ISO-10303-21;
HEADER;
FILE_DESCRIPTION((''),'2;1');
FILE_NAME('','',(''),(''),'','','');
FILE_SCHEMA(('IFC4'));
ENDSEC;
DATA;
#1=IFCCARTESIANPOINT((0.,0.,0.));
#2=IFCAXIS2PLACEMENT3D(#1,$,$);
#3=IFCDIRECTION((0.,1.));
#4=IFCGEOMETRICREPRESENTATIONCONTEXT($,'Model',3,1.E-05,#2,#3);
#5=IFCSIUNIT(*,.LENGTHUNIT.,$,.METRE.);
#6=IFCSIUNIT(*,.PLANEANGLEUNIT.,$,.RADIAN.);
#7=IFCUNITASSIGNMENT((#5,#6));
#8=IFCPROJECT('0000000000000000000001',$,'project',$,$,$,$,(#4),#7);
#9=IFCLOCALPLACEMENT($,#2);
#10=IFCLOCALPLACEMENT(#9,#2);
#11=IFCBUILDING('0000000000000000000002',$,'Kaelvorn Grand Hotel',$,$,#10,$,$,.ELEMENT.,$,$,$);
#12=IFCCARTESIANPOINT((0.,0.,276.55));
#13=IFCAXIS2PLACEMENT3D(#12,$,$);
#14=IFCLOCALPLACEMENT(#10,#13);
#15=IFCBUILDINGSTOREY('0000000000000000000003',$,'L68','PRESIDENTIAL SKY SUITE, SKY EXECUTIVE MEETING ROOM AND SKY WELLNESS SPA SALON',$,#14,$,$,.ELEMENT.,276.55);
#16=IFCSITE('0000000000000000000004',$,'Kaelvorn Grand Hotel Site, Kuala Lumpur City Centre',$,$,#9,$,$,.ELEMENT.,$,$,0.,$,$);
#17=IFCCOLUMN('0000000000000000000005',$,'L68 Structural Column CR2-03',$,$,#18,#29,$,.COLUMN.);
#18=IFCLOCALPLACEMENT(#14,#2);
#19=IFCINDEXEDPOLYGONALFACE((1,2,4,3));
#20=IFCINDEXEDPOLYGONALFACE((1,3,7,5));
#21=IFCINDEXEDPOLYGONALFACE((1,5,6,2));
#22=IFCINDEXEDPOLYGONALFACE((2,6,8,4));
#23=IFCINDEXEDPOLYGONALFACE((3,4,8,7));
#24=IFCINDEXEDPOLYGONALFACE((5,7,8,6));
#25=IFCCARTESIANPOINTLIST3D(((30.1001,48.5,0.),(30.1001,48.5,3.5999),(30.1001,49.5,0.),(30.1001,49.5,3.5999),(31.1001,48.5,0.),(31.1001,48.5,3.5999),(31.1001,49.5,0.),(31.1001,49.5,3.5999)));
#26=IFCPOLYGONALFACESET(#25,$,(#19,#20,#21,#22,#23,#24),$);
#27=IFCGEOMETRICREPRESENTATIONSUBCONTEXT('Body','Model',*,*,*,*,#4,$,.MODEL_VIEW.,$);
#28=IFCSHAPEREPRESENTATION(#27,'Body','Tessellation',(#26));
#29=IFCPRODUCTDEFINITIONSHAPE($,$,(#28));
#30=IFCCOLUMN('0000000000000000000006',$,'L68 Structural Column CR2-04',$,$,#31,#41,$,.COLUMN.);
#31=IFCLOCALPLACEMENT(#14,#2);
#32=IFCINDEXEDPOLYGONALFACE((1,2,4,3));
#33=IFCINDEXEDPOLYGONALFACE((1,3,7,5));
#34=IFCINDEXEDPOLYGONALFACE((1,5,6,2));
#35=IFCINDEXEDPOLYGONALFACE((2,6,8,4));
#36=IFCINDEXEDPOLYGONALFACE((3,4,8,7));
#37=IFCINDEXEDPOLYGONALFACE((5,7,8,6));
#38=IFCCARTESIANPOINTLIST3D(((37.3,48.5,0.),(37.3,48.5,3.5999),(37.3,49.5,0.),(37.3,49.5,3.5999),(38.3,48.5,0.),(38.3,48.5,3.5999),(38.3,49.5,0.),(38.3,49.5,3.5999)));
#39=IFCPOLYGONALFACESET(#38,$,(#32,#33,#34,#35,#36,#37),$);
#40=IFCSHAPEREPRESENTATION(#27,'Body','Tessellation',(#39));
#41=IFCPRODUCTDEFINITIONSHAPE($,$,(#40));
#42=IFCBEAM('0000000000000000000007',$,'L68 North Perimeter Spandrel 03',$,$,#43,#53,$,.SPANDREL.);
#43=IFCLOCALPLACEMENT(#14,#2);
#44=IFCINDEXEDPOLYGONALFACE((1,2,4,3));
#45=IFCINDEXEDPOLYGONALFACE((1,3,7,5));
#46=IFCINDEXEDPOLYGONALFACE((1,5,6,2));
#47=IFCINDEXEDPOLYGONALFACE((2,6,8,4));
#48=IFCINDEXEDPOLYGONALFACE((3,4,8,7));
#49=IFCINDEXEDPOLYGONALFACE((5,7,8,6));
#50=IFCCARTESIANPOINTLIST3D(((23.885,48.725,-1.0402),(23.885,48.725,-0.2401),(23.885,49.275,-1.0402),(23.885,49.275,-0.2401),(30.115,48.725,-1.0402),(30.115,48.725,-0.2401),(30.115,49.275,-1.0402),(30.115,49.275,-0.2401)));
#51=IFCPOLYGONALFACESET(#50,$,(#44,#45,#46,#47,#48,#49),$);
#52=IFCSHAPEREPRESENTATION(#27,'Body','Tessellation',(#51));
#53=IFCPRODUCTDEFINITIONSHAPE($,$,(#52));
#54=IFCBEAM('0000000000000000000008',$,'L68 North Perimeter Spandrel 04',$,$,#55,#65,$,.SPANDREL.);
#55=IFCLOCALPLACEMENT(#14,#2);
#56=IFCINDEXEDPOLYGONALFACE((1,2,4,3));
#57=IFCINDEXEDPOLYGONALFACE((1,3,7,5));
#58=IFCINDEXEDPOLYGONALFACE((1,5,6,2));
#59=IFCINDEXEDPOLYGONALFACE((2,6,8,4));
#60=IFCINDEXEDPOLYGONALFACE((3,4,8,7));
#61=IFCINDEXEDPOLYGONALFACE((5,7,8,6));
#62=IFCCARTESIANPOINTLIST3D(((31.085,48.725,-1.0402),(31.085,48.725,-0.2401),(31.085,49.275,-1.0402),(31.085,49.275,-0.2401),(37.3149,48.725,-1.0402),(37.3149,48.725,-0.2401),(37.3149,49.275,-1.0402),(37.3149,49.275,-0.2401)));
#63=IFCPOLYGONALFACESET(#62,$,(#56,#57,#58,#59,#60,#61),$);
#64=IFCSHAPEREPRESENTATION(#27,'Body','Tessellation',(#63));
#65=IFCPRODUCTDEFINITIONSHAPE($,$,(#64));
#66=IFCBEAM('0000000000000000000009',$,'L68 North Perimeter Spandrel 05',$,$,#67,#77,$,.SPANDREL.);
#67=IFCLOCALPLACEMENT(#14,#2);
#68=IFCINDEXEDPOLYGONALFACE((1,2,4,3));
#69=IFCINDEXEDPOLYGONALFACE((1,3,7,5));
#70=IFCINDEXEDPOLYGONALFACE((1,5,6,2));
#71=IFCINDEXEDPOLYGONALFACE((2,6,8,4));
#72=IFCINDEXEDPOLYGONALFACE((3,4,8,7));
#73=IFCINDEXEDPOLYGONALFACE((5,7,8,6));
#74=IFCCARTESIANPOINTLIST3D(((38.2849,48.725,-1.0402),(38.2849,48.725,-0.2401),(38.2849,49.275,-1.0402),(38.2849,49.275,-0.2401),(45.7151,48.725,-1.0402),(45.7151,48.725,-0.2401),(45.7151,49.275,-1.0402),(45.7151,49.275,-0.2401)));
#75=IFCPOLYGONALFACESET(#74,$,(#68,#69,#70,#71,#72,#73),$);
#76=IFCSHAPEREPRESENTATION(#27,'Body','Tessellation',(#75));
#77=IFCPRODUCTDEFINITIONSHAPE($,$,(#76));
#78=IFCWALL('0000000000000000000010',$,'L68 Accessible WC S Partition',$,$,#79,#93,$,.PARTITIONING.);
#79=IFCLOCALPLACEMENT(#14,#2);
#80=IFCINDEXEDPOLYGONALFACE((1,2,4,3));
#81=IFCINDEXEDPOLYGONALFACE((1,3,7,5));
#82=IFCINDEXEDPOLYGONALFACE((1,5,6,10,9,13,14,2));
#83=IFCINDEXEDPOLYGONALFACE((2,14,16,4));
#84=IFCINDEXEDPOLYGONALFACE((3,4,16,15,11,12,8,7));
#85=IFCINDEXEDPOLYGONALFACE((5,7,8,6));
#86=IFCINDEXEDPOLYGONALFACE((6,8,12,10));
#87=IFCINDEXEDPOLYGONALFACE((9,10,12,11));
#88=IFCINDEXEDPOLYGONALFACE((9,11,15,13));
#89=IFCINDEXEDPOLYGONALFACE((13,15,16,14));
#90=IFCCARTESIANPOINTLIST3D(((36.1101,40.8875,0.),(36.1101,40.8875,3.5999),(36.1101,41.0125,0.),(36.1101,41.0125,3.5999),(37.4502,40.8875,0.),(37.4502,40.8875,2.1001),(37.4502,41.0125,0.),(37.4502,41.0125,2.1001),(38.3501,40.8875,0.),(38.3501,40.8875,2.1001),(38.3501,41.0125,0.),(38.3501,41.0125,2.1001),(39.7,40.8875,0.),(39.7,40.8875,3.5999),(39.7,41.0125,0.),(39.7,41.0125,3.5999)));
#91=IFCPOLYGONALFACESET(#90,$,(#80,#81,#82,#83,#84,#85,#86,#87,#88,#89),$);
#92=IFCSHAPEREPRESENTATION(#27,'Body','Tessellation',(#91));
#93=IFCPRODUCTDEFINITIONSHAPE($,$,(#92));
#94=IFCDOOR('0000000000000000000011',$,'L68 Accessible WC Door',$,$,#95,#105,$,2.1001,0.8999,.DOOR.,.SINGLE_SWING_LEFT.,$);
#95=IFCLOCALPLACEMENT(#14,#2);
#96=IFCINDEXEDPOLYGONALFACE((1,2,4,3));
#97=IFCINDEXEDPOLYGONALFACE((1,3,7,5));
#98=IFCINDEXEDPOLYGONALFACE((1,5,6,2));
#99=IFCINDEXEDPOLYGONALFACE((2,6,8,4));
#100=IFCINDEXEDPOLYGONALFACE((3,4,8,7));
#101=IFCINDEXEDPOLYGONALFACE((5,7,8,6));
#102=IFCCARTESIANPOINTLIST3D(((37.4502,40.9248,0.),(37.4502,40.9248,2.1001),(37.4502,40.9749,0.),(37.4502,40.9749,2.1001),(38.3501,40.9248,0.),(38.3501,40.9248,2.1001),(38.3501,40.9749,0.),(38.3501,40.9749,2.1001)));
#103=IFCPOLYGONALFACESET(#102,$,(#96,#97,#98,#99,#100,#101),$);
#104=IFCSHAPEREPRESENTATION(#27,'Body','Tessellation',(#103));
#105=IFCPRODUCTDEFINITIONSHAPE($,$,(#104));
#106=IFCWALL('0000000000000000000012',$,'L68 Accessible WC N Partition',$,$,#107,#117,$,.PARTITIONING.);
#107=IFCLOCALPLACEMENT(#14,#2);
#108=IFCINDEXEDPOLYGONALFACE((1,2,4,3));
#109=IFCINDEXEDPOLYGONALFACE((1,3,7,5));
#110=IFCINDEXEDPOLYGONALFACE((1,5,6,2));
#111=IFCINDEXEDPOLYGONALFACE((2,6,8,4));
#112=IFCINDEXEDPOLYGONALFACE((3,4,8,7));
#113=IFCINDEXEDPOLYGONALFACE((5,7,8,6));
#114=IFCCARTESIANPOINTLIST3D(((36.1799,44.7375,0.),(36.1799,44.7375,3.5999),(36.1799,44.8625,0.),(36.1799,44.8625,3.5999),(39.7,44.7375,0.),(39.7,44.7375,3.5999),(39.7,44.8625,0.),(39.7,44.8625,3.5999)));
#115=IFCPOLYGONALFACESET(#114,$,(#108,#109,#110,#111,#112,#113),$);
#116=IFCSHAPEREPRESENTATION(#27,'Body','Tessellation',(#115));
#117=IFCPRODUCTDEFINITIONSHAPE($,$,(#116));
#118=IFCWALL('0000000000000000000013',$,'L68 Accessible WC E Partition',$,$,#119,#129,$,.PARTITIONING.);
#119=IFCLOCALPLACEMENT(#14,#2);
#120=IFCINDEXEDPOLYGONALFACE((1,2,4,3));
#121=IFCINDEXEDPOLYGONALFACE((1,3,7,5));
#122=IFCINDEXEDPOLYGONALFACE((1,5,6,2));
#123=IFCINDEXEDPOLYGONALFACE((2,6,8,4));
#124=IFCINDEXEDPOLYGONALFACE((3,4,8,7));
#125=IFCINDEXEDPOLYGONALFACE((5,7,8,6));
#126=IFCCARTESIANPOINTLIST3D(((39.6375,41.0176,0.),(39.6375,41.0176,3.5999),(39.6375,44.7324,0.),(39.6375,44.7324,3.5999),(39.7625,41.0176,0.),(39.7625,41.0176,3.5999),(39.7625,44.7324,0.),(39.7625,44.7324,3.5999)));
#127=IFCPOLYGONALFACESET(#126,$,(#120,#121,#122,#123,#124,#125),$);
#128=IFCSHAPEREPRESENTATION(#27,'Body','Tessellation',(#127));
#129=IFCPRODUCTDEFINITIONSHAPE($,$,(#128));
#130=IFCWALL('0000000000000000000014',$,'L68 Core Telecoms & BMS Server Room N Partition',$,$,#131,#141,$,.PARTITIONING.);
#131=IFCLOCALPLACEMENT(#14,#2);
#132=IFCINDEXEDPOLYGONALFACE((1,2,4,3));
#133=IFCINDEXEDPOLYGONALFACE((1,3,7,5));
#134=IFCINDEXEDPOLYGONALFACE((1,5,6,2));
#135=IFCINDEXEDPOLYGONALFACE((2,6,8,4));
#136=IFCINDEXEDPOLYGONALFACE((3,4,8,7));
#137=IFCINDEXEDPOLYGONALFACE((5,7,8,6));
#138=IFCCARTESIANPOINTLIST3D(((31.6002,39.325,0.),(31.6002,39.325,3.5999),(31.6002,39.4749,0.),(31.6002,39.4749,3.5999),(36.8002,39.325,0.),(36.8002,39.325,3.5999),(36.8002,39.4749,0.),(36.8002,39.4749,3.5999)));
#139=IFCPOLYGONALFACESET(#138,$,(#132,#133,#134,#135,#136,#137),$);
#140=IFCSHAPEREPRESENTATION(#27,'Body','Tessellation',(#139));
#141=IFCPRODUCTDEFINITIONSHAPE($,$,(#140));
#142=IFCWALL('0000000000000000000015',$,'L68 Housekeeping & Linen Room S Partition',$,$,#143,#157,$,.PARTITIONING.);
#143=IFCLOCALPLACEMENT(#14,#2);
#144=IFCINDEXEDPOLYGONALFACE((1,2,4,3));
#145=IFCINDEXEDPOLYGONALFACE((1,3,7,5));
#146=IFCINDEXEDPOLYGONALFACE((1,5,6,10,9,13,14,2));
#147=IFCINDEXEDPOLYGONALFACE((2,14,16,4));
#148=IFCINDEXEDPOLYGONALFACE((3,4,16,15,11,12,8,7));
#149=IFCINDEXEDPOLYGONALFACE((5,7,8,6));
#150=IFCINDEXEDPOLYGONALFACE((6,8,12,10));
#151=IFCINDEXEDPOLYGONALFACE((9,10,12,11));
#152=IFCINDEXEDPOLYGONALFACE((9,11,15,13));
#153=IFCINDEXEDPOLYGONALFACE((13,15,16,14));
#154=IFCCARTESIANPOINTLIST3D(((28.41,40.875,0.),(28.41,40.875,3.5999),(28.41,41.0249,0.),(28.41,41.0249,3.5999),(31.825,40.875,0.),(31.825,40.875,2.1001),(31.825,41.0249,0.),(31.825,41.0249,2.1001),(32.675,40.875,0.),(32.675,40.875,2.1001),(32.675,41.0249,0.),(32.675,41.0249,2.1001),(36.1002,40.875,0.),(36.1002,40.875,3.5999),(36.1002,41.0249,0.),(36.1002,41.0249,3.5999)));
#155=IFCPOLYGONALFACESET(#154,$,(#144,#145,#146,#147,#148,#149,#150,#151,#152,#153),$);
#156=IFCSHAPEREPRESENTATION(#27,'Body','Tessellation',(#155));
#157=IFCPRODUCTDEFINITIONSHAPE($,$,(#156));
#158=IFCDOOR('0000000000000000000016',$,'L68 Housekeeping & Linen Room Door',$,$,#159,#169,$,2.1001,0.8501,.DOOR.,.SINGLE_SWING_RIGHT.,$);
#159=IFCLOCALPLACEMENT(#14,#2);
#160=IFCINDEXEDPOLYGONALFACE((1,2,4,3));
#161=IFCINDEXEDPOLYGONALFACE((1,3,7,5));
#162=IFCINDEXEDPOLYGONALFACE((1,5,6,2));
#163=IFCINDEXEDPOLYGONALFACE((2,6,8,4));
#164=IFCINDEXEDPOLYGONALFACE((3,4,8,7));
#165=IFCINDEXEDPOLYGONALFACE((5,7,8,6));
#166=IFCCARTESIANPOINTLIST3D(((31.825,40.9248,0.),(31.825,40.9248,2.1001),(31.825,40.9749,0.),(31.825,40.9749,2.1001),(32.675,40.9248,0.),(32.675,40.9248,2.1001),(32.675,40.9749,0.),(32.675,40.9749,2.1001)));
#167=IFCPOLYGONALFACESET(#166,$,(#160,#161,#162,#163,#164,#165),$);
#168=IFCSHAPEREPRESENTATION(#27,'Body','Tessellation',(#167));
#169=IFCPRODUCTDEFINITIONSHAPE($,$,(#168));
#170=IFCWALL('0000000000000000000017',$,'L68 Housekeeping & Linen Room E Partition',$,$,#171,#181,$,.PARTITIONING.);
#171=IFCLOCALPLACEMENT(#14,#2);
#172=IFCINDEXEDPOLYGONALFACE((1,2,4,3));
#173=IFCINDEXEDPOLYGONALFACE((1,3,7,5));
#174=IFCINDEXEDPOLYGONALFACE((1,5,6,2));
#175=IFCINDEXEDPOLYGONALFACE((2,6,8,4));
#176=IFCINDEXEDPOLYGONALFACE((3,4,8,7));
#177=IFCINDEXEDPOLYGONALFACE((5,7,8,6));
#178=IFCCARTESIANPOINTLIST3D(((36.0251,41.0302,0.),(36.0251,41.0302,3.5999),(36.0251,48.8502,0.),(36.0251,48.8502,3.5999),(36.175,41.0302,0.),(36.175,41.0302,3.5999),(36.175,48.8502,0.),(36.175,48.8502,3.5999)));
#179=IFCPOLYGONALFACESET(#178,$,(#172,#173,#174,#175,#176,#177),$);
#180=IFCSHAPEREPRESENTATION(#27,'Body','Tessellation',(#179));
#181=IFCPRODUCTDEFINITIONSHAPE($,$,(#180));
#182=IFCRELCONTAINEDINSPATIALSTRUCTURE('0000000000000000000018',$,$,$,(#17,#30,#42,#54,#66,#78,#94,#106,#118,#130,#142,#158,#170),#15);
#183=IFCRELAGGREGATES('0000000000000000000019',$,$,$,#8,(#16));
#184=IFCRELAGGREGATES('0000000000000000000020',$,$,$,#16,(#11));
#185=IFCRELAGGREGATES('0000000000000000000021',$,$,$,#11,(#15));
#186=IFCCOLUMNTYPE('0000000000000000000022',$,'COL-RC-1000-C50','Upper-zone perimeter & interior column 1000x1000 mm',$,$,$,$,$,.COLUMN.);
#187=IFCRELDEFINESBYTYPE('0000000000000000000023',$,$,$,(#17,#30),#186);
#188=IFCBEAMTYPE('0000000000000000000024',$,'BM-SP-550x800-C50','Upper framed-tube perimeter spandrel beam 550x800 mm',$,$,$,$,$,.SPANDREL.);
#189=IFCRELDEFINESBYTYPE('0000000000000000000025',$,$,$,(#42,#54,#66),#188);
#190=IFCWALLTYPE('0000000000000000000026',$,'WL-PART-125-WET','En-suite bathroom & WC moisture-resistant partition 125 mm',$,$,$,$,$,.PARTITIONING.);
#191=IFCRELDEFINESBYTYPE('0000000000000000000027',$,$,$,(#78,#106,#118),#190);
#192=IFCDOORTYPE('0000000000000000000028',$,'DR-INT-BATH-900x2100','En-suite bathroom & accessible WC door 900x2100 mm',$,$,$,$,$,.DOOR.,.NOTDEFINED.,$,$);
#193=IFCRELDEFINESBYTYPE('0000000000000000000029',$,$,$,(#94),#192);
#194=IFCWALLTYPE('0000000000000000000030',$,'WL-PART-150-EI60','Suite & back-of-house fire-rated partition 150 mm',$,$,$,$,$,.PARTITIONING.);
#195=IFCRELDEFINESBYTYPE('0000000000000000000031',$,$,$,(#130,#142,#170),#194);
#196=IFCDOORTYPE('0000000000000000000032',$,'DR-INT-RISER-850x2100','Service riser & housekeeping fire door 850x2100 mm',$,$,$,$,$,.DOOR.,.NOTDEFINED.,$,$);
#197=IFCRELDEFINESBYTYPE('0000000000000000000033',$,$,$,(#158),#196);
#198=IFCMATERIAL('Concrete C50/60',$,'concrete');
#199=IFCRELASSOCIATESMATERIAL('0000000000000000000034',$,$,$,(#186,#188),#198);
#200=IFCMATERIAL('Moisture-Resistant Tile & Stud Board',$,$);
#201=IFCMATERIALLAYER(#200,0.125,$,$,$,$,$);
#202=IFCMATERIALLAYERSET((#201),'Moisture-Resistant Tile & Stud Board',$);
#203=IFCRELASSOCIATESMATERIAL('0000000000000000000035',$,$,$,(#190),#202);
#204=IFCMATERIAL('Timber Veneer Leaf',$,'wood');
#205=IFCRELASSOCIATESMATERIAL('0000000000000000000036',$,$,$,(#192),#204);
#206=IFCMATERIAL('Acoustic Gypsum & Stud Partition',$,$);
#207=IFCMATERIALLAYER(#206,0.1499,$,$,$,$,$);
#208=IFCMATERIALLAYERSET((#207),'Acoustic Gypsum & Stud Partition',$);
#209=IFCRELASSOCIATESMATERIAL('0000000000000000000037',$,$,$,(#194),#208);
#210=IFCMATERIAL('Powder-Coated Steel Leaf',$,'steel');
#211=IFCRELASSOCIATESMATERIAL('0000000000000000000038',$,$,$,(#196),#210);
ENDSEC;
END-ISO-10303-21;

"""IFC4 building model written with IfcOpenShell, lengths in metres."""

from ifc_helpers import new_model, si_unit, direction, frame, frame_2d, origin, origin_2d, place, context, subcontext, project, spatial, rectangle, extrude, material, layer, layer_set, material_profile, profile_set, type_object, element, fill, save


model = new_model("IFC4")

# Units and contexts
model_context = context("Model", 3, precision=1e-05, world=origin(), true_north=direction((0.0, 1.0)))
body_context = subcontext(model_context, "Body", "Model", "MODEL_VIEW")
ifc_project = project(units=[si_unit("LENGTHUNIT", "METRE"), si_unit("PLANEANGLEUNIT", "RADIAN")], contexts=[model_context])

# Site, building, storey
site_placement = place(None, origin())
site = spatial("IfcSite", under=ifc_project, at=site_placement, Name="Kaelvorn Grand Hotel Site, Kuala Lumpur City Centre", CompositionType="ELEMENT", RefElevation=0.0)
building_placement = place(site_placement, origin())
building = spatial("IfcBuilding", under=site, at=building_placement, Name="Kaelvorn Grand Hotel", CompositionType="ELEMENT")
storey_placement = place(building_placement, frame((0.0, 0.0, 276.55)))
storey = spatial("IfcBuildingStorey", under=building, at=storey_placement, Name="L68", Description="PRESIDENTIAL SKY SUITE, SKY EXECUTIVE MEETING ROOM AND SKY WELLNESS SPA SALON", CompositionType="ELEMENT", Elevation=276.55)

# Columns
ifc_material_1 = material(Name="Concrete C50/60", Category="concrete")
ifc_material_profile_1 = material_profile(ifc_material_1, rectangle(XDim=1.0, YDim=1.0, at=origin_2d()), Name="RC COL 1000x1000")
ifc_profile_set_1 = profile_set([ifc_material_profile_1], Name="Concrete C50/60")
column_type = type_object("IfcColumnType", Name="COL-RC-1000-C50", Description="Upper-zone perimeter & interior column 1000x1000 mm", PredefinedType="COLUMN", material=ifc_profile_set_1)
for number, where, z_axis, x_axis, name in (
    (1, (30.6001, 49.0, 0.0), (0.0, 0.0, 1.0), (1.0, 0.0, 0.0), "L68 Structural Column CR2-03"),
    (2, (37.8, 49.0, 0.0), (0.0, 0.0, 1.0), (1.0, 0.0, 0.0), "L68 Structural Column CR2-04"),
):
    element("IfcColumn", number, at=place(storey_placement, frame(where, z_axis=z_axis, x_axis=x_axis)), inside=storey, type_object=column_type, Name=name, PredefinedType="COLUMN", context=body_context, shape_type="SweptSolid", body=[
        extrude(rectangle(XDim=1.0, YDim=1.0, at=origin_2d()), origin(), (0.0, 0.0, 1.0), 3.5999),
    ])

# Beams
ifc_material_profile_2 = material_profile(ifc_material_1, rectangle(XDim=0.55, YDim=0.8, at=origin_2d()), Name="RC SPANDREL 550x800")
ifc_profile_set_2 = profile_set([ifc_material_profile_2], Name="Concrete C50/60")
beam_type = type_object("IfcBeamType", Name="BM-SP-550x800-C50", Description="Upper framed-tube perimeter spandrel beam 550x800 mm", PredefinedType="SPANDREL", material=ifc_profile_set_2)
for number, where, z_axis, x_axis, name in (
    (3, (23.885, 49.0, -0.6401), (1.0, 0.0, 0.0), (0.0, 1.0, 0.0), "L68 North Perimeter Spandrel 03"),
    (4, (31.085, 49.0, -0.6401), (1.0, 0.0, 0.0), (0.0, 1.0, 0.0), "L68 North Perimeter Spandrel 04"),
):
    element("IfcBeam", number, at=place(storey_placement, frame(where, z_axis=z_axis, x_axis=x_axis)), inside=storey, type_object=beam_type, Name=name, PredefinedType="SPANDREL", context=body_context, shape_type="SweptSolid", body=[
        extrude(rectangle(XDim=0.55, YDim=0.8, at=origin_2d()), origin(), (0.0, 0.0, 1.0), 6.23),
    ])
beam_placement = place(storey_placement, frame((38.2849, 49.0, -0.6401), z_axis=(1.0, 0.0, 0.0), x_axis=(0.0, 1.0, 0.0)))
element("IfcBeam", 5, at=beam_placement, inside=storey, type_object=beam_type, Name="L68 North Perimeter Spandrel 05", PredefinedType="SPANDREL", context=body_context, shape_type="SweptSolid", body=[
    extrude(rectangle(XDim=0.55, YDim=0.8, at=origin_2d()), origin(), (0.0, 0.0, 1.0), 7.4302),
])

# Wall, opening, door
ifc_material_2 = material(Name="Moisture-Resistant Tile & Stud Board")
ifc_layer_1 = layer(ifc_material_2, 0.125)
ifc_layer_set_1 = layer_set([ifc_layer_1], Name="Moisture-Resistant Tile & Stud Board")
wall_type_1 = type_object("IfcWallType", Name="WL-PART-125-WET", Description="En-suite bathroom & WC moisture-resistant partition 125 mm", PredefinedType="PARTITIONING", material=ifc_layer_set_1)
wall_1_placement = place(storey_placement, frame((36.1101, 40.95, 0.0), z_axis=(0.0, 0.0, 1.0), x_axis=(1.0, 0.0, 0.0)))
wall_1 = element("IfcWall", 6, at=wall_1_placement, inside=storey, type_object=wall_type_1, Name="L68 Accessible WC S Partition", PredefinedType="PARTITIONING", context=body_context, shape_type="SweptSolid", body=[
    extrude(rectangle(XDim=3.5898, YDim=0.125, at=frame_2d((1.7949, 0.0))), origin(), (0.0, 0.0, 1.0), 3.5999),
])
opening_1_placement = place(wall_1_placement, frame((1.3401, 0.0, 0.0)))
opening_1 = element("IfcOpeningElement", 7, at=opening_1_placement, cuts=wall_1, PredefinedType="OPENING", context=body_context, shape_type="SweptSolid", body=[
    extrude(rectangle(XDim=0.8999, YDim=2.1001, at=frame_2d((0.45, 1.05))), frame((0.0, 0.0725, 0.0), z_axis=(0.0, -1.0, 0.0), x_axis=(1.0, 0.0, 0.0)), (0.0, 0.0, 1.0), 0.145),
])
ifc_material_3 = material(Name="Timber Veneer Leaf", Category="wood")
door_type_1 = type_object("IfcDoorType", Name="DR-INT-BATH-900x2100", Description="En-suite bathroom & accessible WC door 900x2100 mm", OperationType="NOTDEFINED", PredefinedType="DOOR", material=ifc_material_3)
door_1_placement = place(opening_1_placement, origin())
door_1 = element("IfcDoor", 8, at=door_1_placement, inside=storey, type_object=door_type_1, Name="L68 Accessible WC Door", OperationType="SINGLE_SWING_LEFT", OverallHeight=2.1001, OverallWidth=0.8999, PredefinedType="DOOR", context=body_context, shape_type="SweptSolid", body=[
    extrude(rectangle(XDim=0.8999, YDim=2.1001, at=frame_2d((0.45, 1.05))), frame((0.0, 0.0249, 0.0), z_axis=(0.0, -1.0, 0.0), x_axis=(1.0, 0.0, 0.0)), (0.0, 0.0, 1.0), 0.05),
])
fill(opening_1, door_1)

# Walls
wall_2_placement = place(storey_placement, frame((36.1799, 44.8, 0.0), z_axis=(0.0, 0.0, 1.0), x_axis=(1.0, 0.0, 0.0)))
element("IfcWall", 9, at=wall_2_placement, inside=storey, type_object=wall_type_1, Name="L68 Accessible WC N Partition", PredefinedType="PARTITIONING", context=body_context, shape_type="SweptSolid", body=[
    extrude(rectangle(XDim=3.52, YDim=0.125, at=frame_2d((1.76, 0.0))), origin(), (0.0, 0.0, 1.0), 3.5999),
])
wall_3_placement = place(storey_placement, frame((39.7, 41.0176, 0.0), z_axis=(0.0, 0.0, 1.0), x_axis=(0.0, 1.0, 0.0)))
element("IfcWall", 10, at=wall_3_placement, inside=storey, type_object=wall_type_1, Name="L68 Accessible WC E Partition", PredefinedType="PARTITIONING", context=body_context, shape_type="SweptSolid", body=[
    extrude(rectangle(XDim=3.7148, YDim=0.125, at=frame_2d((1.8574, 0.0))), origin(), (0.0, 0.0, 1.0), 3.5999),
])
ifc_material_4 = material(Name="Acoustic Gypsum & Stud Partition")
ifc_layer_2 = layer(ifc_material_4, 0.1499)
ifc_layer_set_2 = layer_set([ifc_layer_2], Name="Acoustic Gypsum & Stud Partition")
wall_type_2 = type_object("IfcWallType", Name="WL-PART-150-EI60", Description="Suite & back-of-house fire-rated partition 150 mm", PredefinedType="PARTITIONING", material=ifc_layer_set_2)
wall_4_placement = place(storey_placement, frame((31.6001, 39.3999, 0.0), z_axis=(0.0, 0.0, 1.0), x_axis=(1.0, 0.0, 0.0)))
element("IfcWall", 11, at=wall_4_placement, inside=storey, type_object=wall_type_2, Name="L68 Core Telecoms & BMS Server Room N Partition", PredefinedType="PARTITIONING", context=body_context, shape_type="SweptSolid", body=[
    extrude(rectangle(XDim=5.2, YDim=0.1499, at=frame_2d((2.6001, 0.0))), origin(), (0.0, 0.0, 1.0), 3.5999),
])

# Wall, opening, door
wall_5_placement = place(storey_placement, frame((28.4099, 40.95, 0.0), z_axis=(0.0, 0.0, 1.0), x_axis=(1.0, 0.0, 0.0)))
wall_5 = element("IfcWall", 12, at=wall_5_placement, inside=storey, type_object=wall_type_2, Name="L68 Housekeeping & Linen Room S Partition", PredefinedType="PARTITIONING", context=body_context, shape_type="SweptSolid", body=[
    extrude(rectangle(XDim=7.6902, YDim=0.1499, at=frame_2d((3.8452, 0.0))), origin(), (0.0, 0.0, 1.0), 3.5999),
])
opening_2_placement = place(wall_5_placement, frame((3.415, 0.0, 0.0)))
opening_2 = element("IfcOpeningElement", 13, at=opening_2_placement, cuts=wall_5, PredefinedType="OPENING", context=body_context, shape_type="SweptSolid", body=[
    extrude(rectangle(XDim=0.8501, YDim=2.1001, at=frame_2d((0.425, 1.05))), frame((0.0, 0.085, 0.0), z_axis=(0.0, -1.0, 0.0), x_axis=(1.0, 0.0, 0.0)), (0.0, 0.0, 1.0), 0.1699),
])
ifc_material_5 = material(Name="Powder-Coated Steel Leaf", Category="steel")
door_type_2 = type_object("IfcDoorType", Name="DR-INT-RISER-850x2100", Description="Service riser & housekeeping fire door 850x2100 mm", OperationType="NOTDEFINED", PredefinedType="DOOR", material=ifc_material_5)
door_2_placement = place(opening_2_placement, origin())
door_2 = element("IfcDoor", 14, at=door_2_placement, inside=storey, type_object=door_type_2, Name="L68 Housekeeping & Linen Room Door", OperationType="SINGLE_SWING_RIGHT", OverallHeight=2.1001, OverallWidth=0.8501, PredefinedType="DOOR", context=body_context, shape_type="SweptSolid", body=[
    extrude(rectangle(XDim=0.8501, YDim=2.1001, at=frame_2d((0.425, 1.05))), frame((0.0, 0.0249, 0.0), z_axis=(0.0, -1.0, 0.0), x_axis=(1.0, 0.0, 0.0)), (0.0, 0.0, 1.0), 0.05),
])
fill(opening_2, door_2)

# Wall
wall_6_placement = place(storey_placement, frame((36.1001, 41.03, 0.0), z_axis=(0.0, 0.0, 1.0), x_axis=(0.0, 1.0, 0.0)))
element("IfcWall", 15, at=wall_6_placement, inside=storey, type_object=wall_type_2, Name="L68 Housekeeping & Linen Room E Partition", PredefinedType="PARTITIONING", context=body_context, shape_type="SweptSolid", body=[
    extrude(rectangle(XDim=7.8201, YDim=0.1499, at=frame_2d((3.9102, 0.0))), origin(), (0.0, 0.0, 1.0), 3.5999),
])

save(model, "model.ifc")
